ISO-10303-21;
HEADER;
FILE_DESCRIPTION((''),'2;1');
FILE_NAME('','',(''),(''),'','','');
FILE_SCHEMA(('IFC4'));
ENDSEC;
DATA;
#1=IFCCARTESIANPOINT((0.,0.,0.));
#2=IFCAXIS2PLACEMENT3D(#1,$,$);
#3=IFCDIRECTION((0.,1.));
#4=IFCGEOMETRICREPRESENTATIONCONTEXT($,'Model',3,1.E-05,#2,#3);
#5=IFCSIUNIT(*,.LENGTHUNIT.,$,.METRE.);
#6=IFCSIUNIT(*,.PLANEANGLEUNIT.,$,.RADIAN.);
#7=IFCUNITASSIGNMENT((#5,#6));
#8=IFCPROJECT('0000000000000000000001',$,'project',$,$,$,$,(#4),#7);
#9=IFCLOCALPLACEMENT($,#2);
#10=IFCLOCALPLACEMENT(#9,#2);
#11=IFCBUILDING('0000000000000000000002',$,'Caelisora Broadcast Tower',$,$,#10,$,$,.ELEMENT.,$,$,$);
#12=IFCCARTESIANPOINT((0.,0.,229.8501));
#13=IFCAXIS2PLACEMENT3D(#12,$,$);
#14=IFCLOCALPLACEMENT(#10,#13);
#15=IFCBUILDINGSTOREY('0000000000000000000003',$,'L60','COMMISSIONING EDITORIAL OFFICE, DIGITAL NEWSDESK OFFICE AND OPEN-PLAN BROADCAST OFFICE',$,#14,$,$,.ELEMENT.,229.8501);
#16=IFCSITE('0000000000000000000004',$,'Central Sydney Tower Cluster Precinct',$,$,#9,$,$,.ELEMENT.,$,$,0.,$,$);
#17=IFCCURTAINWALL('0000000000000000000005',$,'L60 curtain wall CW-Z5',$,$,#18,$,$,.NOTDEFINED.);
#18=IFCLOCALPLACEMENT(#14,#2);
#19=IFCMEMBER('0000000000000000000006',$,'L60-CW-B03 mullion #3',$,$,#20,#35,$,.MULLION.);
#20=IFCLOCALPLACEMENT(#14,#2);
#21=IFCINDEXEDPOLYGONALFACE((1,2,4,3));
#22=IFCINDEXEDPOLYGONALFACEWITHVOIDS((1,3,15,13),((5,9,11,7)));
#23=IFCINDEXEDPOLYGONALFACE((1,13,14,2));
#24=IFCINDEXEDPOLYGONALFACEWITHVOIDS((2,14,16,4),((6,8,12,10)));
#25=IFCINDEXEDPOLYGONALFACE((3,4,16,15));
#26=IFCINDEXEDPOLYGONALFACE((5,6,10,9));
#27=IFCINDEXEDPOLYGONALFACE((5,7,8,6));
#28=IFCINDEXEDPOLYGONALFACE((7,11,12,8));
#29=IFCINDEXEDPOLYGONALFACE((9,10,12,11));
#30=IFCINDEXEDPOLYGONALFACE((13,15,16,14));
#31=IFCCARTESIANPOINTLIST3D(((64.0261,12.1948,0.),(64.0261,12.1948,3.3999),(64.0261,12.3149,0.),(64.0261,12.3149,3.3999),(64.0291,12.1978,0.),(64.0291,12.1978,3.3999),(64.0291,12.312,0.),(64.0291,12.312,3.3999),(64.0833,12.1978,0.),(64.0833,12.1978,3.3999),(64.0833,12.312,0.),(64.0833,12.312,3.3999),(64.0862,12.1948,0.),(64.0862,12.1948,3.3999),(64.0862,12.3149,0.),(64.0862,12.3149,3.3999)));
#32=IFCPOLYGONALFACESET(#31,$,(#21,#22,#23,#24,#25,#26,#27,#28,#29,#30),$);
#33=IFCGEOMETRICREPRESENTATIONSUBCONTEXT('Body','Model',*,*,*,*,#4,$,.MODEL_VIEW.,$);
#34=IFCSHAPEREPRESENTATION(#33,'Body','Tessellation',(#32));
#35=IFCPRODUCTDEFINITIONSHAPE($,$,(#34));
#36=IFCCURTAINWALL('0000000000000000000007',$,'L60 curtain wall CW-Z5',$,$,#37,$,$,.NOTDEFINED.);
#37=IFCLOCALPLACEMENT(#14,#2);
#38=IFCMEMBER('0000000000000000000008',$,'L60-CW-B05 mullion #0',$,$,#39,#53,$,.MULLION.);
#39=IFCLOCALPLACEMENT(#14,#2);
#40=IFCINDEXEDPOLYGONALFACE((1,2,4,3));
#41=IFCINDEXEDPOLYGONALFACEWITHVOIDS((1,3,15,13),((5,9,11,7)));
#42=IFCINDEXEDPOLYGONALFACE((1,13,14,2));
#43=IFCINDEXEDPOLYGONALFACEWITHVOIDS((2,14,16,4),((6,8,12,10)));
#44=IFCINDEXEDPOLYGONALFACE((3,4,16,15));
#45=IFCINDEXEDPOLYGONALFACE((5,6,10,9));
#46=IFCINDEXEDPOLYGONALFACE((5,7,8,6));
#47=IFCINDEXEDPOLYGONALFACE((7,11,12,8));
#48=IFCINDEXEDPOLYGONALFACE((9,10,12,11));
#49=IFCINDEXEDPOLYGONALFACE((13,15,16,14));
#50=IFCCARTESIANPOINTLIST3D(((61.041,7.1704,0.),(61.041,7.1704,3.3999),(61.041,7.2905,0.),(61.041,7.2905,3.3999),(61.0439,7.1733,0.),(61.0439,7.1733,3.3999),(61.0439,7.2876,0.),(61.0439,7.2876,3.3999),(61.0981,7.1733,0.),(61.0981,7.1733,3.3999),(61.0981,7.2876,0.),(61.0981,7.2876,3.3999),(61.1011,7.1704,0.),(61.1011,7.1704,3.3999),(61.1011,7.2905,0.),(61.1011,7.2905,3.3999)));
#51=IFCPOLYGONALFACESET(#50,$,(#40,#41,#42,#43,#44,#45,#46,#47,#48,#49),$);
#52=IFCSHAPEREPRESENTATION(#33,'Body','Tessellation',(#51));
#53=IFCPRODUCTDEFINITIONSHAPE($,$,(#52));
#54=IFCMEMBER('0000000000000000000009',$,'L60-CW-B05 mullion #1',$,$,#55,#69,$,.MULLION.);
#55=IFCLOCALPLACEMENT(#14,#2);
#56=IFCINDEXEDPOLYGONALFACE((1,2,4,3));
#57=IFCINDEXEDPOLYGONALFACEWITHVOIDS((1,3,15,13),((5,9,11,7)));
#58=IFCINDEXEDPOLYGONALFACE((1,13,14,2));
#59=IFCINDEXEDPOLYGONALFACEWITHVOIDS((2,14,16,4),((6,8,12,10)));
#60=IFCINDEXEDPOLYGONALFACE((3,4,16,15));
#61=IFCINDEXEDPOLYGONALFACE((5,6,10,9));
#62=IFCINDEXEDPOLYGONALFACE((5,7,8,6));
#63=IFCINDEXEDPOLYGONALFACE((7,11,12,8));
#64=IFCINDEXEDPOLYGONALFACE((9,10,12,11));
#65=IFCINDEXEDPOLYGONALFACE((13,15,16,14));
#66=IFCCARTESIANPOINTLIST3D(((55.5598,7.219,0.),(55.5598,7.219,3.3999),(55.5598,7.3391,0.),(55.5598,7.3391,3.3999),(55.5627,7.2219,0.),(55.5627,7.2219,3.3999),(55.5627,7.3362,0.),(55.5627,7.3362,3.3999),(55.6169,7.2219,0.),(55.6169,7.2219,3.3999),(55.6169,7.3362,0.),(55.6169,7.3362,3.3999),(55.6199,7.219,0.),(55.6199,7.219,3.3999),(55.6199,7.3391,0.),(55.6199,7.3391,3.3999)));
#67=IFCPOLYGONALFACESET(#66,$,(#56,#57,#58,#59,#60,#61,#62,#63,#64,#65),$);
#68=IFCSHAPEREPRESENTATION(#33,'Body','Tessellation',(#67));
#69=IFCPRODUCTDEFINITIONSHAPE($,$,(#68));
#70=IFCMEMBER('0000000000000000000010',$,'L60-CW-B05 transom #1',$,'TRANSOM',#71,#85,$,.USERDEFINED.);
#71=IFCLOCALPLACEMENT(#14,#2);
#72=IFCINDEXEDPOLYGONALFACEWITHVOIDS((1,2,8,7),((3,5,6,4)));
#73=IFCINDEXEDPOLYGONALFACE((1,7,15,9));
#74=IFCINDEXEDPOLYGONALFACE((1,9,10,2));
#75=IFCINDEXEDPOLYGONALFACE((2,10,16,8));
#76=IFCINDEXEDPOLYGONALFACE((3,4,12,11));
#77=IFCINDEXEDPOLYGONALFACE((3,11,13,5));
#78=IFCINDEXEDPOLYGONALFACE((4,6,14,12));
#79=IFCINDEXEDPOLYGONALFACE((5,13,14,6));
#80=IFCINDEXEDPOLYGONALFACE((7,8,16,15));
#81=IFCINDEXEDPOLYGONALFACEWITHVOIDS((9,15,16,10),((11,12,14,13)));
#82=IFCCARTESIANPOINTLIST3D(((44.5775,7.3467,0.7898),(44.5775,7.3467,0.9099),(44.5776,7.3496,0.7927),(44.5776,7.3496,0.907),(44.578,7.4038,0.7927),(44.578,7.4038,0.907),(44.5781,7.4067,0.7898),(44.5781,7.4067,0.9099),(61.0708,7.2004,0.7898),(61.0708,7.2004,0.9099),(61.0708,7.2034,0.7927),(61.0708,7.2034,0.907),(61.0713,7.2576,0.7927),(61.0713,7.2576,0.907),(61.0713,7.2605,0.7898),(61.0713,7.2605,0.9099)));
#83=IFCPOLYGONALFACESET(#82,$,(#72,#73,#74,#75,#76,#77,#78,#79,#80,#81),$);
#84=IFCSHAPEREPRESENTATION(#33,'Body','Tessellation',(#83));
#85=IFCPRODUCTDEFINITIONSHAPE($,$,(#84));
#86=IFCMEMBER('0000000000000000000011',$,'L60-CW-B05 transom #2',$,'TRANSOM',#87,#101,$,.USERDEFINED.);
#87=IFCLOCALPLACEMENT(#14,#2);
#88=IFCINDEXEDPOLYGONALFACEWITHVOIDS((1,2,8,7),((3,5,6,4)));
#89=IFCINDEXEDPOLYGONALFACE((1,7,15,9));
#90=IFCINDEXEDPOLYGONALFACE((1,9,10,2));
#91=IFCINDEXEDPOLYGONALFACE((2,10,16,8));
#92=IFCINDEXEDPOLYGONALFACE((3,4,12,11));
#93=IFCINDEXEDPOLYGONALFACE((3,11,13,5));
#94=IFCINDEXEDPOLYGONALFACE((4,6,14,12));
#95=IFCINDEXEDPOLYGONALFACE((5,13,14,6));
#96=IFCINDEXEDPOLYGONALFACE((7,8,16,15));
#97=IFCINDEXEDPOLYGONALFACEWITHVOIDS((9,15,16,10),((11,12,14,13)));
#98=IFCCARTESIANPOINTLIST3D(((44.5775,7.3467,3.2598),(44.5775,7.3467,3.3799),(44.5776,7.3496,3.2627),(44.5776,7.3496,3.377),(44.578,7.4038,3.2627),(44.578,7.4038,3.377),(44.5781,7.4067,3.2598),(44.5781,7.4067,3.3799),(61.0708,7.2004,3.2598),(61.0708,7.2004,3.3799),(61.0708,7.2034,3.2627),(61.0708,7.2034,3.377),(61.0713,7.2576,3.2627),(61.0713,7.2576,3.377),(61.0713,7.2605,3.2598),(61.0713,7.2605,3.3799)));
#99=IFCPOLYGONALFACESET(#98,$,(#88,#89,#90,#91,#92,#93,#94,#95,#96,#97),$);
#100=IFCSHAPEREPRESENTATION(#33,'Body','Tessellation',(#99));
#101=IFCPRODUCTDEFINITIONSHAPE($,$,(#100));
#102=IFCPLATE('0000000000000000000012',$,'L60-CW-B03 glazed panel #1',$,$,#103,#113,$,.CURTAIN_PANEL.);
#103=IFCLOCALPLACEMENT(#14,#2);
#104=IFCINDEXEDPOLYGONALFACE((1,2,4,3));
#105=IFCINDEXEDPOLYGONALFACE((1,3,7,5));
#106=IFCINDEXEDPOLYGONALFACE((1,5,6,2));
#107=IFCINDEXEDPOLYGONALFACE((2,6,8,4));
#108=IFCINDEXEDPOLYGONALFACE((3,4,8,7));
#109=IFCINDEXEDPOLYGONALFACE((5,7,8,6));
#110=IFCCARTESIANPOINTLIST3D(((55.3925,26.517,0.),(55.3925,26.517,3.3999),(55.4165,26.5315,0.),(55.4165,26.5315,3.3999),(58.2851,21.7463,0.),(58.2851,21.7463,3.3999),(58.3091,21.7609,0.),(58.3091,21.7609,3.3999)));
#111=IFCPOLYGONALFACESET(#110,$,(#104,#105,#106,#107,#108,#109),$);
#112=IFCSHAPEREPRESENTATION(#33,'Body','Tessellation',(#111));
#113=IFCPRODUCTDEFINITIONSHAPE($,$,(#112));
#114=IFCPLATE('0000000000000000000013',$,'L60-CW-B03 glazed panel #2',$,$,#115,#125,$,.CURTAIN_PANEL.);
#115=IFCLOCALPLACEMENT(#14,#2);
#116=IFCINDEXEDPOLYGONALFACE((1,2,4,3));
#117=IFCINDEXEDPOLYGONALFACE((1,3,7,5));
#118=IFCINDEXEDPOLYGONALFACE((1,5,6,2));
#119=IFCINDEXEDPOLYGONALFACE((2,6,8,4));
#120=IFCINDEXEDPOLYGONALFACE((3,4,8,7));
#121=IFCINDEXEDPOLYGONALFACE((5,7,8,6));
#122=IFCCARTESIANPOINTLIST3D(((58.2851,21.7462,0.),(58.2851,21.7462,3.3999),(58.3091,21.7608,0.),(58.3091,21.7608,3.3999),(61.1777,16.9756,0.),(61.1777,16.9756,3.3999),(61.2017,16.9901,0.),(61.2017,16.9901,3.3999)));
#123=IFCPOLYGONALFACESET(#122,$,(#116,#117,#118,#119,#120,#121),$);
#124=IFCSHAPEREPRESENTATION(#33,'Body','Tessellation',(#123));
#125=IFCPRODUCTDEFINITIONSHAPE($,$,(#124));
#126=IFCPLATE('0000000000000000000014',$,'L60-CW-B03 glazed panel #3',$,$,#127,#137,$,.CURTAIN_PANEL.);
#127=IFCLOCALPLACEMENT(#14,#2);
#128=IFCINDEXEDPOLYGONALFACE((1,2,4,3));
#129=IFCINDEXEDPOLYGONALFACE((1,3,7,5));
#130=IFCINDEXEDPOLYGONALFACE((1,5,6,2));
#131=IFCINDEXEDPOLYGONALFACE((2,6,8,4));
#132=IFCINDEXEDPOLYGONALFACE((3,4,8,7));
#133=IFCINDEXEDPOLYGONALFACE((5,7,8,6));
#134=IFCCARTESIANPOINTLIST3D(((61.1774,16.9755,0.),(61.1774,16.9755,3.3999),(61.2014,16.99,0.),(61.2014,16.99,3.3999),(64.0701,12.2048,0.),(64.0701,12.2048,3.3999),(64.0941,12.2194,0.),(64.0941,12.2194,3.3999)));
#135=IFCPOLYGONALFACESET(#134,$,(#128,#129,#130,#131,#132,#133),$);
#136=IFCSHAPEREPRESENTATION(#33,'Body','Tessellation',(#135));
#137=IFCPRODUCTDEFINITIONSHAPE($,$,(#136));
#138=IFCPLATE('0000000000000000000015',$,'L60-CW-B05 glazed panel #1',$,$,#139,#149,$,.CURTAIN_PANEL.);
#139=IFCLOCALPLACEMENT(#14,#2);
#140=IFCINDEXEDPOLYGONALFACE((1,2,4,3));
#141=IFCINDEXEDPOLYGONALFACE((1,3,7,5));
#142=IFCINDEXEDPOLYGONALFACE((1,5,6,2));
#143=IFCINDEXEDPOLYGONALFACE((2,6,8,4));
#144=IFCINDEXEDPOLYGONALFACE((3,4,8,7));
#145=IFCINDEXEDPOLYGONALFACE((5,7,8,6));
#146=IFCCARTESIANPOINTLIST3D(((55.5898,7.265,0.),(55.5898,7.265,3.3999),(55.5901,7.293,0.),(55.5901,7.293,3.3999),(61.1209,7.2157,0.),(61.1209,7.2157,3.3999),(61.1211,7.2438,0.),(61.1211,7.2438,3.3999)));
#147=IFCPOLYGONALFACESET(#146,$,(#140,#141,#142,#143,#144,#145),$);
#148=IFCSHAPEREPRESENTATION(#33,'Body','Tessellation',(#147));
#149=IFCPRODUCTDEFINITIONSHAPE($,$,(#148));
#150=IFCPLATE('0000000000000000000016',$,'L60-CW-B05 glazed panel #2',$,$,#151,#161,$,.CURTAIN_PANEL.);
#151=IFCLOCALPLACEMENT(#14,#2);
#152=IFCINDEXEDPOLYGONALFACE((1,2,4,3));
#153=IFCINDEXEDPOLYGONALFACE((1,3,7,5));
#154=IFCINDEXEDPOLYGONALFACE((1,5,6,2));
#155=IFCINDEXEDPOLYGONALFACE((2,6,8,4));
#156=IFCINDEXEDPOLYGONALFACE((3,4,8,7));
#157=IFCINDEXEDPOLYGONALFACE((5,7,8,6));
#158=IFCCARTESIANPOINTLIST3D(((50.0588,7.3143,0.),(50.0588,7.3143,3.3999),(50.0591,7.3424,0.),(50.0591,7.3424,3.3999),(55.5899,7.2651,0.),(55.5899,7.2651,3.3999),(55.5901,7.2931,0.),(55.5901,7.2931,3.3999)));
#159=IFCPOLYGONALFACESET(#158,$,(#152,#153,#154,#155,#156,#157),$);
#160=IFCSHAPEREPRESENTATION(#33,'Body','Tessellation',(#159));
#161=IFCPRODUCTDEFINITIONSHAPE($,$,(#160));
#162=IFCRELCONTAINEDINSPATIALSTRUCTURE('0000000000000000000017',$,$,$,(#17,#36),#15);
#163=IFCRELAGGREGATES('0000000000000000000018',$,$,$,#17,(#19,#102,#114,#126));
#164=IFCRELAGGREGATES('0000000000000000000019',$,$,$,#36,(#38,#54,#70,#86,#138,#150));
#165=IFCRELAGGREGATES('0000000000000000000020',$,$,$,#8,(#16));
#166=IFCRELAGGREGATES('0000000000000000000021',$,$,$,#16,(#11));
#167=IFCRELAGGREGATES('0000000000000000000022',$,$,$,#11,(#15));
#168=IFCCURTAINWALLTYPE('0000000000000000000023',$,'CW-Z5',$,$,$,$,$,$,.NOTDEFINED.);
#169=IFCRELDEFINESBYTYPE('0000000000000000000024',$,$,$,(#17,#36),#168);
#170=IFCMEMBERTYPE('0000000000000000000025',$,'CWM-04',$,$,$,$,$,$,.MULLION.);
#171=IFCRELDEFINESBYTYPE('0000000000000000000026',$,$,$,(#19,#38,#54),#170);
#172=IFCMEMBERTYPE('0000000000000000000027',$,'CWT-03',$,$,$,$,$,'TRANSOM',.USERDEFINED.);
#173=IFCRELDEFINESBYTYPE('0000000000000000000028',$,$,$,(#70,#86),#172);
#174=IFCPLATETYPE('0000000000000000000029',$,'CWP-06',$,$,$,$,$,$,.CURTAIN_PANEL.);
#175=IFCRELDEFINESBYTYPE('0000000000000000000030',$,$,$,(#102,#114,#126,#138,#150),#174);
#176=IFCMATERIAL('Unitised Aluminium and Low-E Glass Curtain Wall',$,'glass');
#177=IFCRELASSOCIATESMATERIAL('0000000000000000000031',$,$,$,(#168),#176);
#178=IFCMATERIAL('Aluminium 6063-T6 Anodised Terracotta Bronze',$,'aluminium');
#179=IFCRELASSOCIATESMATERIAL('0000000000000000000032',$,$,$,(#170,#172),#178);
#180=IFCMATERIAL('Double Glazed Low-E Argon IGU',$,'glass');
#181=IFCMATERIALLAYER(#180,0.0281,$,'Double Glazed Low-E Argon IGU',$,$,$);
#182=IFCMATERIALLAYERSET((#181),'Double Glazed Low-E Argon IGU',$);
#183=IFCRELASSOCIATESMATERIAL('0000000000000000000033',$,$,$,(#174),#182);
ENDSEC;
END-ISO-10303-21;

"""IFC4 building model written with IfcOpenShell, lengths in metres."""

from ifc_helpers import new_model, si_unit, direction, frame, origin, origin_2d, place, context, subcontext, project, spatial, rectangle, hollow_rectangle, extrude, source, transform, mapped, material, layer, layer_set, material_profile, profile_set, type_object, type_shapes, element, aggregate, save


model = new_model("IFC4")

# Units and contexts
model_context = context("Model", 3, precision=1e-05, world=origin(), true_north=direction((0.0, 1.0)))
body_context = subcontext(model_context, "Body", "Model", "MODEL_VIEW")
ifc_project = project(units=[si_unit("LENGTHUNIT", "METRE"), si_unit("PLANEANGLEUNIT", "RADIAN")], contexts=[model_context])

# Site, building, storey
site_placement = place(None, origin())
site = spatial("IfcSite", under=ifc_project, at=site_placement, Name="Central Sydney Tower Cluster Precinct", CompositionType="ELEMENT", RefElevation=0.0)
building_placement = place(site_placement, origin())
building = spatial("IfcBuilding", under=site, at=building_placement, Name="Caelisora Broadcast Tower", CompositionType="ELEMENT")
storey_placement = place(building_placement, frame((0.0, 0.0, 229.8501)))
storey = spatial("IfcBuildingStorey", under=building, at=storey_placement, Name="L60", Description="COMMISSIONING EDITORIAL OFFICE, DIGITAL NEWSDESK OFFICE AND OPEN-PLAN BROADCAST OFFICE", CompositionType="ELEMENT", Elevation=229.8501)

# Curtain walls, members
ifc_material_1 = material(Name="Unitised Aluminium and Low-E Glass Curtain Wall", Category="glass")
curtain_wall_type = type_object("IfcCurtainWallType", Name="CW-Z5", PredefinedType="NOTDEFINED", material=ifc_material_1)
curtain_wall_1_placement = place(storey_placement, origin())
curtain_wall_1 = element("IfcCurtainWall", 1, at=curtain_wall_1_placement, inside=storey, type_object=curtain_wall_type, Name="L60 curtain wall CW-Z5", PredefinedType="NOTDEFINED")
ifc_material_2 = material(Name="Aluminium 6063-T6 Anodised Terracotta Bronze", Category="aluminium")
ifc_material_profile_1 = material_profile(ifc_material_2, hollow_rectangle(XDim=0.0601, YDim=0.1201, WallThickness=0.0029, at=origin_2d()), Name="Aluminium 6063-T6 Anodised Terracotta Bronze")
ifc_profile_set_1 = profile_set([ifc_material_profile_1], Name="Aluminium 6063-T6 Anodised Terracotta Bronze")
member_type_1 = type_object("IfcMemberType", Name="CWM-04", PredefinedType="MULLION", material=ifc_profile_set_1)
shared_shape_1 = source(origin(), body_context, "Body", "SweptSolid", [
    extrude(hollow_rectangle(XDim=0.0601, YDim=0.1201, WallThickness=0.0029, at=origin_2d()), origin(), (0.0, 0.0, 1.0), 3.3999),
])
type_shapes(member_type_1, [shared_shape_1])
member_1_placement = place(storey_placement, frame((64.0562, 12.2549, 0.0), z_axis=(0.0, 0.0, 1.0), x_axis=(1.0, 0.0, 0.0)))
member_1 = element("IfcMember", 2, at=member_1_placement, type_object=member_type_1, Name="L60-CW-B03 mullion #3", PredefinedType="MULLION", context=body_context, shape_type="MappedRepresentation", body=[
    mapped(shared_shape_1, transform((0.0, 0.0, 0.0), scale=1.0)),
])
curtain_wall_2_placement = place(storey_placement, origin())
curtain_wall_2 = element("IfcCurtainWall", 3, at=curtain_wall_2_placement, inside=storey, type_object=curtain_wall_type, Name="L60 curtain wall CW-Z5", PredefinedType="NOTDEFINED")
member_2_placement = place(storey_placement, frame((61.071, 7.2305, 0.0), z_axis=(0.0, 0.0, 1.0), x_axis=(1.0, 0.0, 0.0)))
member_2 = element("IfcMember", 4, at=member_2_placement, type_object=member_type_1, Name="L60-CW-B05 mullion #0", PredefinedType="MULLION", context=body_context, shape_type="MappedRepresentation", body=[
    mapped(shared_shape_1, transform((0.0, 0.0, 0.0), scale=1.0)),
])
member_3_placement = place(storey_placement, frame((55.5898, 7.2791, 0.0), z_axis=(0.0, 0.0, 1.0), x_axis=(1.0, 0.0, 0.0)))
member_3 = element("IfcMember", 5, at=member_3_placement, type_object=member_type_1, Name="L60-CW-B05 mullion #1", PredefinedType="MULLION", context=body_context, shape_type="MappedRepresentation", body=[
    mapped(shared_shape_1, transform((0.0, 0.0, 0.0), scale=1.0)),
])
ifc_material_profile_2 = material_profile(ifc_material_2, hollow_rectangle(XDim=0.0601, YDim=0.1201, WallThickness=0.0029, at=origin_2d()), Name="Aluminium 6063-T6 Anodised Terracotta Bronze")
ifc_profile_set_2 = profile_set([ifc_material_profile_2], Name="Aluminium 6063-T6 Anodised Terracotta Bronze")
member_type_2 = type_object("IfcMemberType", Name="CWT-03", ElementType="TRANSOM", PredefinedType="USERDEFINED", material=ifc_profile_set_2)
shared_shape_2 = source(origin(), body_context, "Body", "SweptSolid", [
    extrude(hollow_rectangle(XDim=0.0601, YDim=0.1201, WallThickness=0.0029, at=origin_2d()), origin(), (0.0, 0.0, 1.0), 16.4939),
])
type_shapes(member_type_2, [shared_shape_2])
member_4_placement = place(storey_placement, frame((61.071, 7.2305, 0.8499), z_axis=(-0.999961, 0.008866, 0.0), x_axis=(-0.008866, -0.999961, 0.0)))
member_4 = element("IfcMember", 6, at=member_4_placement, type_object=member_type_2, Name="L60-CW-B05 transom #1", ObjectType="TRANSOM", PredefinedType="USERDEFINED", context=body_context, shape_type="MappedRepresentation", body=[
    mapped(shared_shape_2, transform((0.0, 0.0, 0.0), scale=1.0)),
])
member_5_placement = place(storey_placement, frame((61.071, 7.2305, 3.3198), z_axis=(-0.999961, 0.008866, 0.0), x_axis=(-0.008866, -0.999961, 0.0)))
member_5 = element("IfcMember", 7, at=member_5_placement, type_object=member_type_2, Name="L60-CW-B05 transom #2", ObjectType="TRANSOM", PredefinedType="USERDEFINED", context=body_context, shape_type="MappedRepresentation", body=[
    mapped(shared_shape_2, transform((0.0, 0.0, 0.0), scale=1.0)),
])

# Plates
ifc_material_3 = material(Name="Double Glazed Low-E Argon IGU", Category="glass")
ifc_layer_1 = layer(ifc_material_3, 0.0281, Name="Double Glazed Low-E Argon IGU")
ifc_layer_set_1 = layer_set([ifc_layer_1], Name="Double Glazed Low-E Argon IGU")
plate_type = type_object("IfcPlateType", Name="CWP-06", PredefinedType="CURTAIN_PANEL", material=ifc_layer_set_1)
shared_shape_3 = source(origin(), body_context, "Body", "SweptSolid", [
    extrude(rectangle(XDim=5.5791, YDim=0.0281, at=origin_2d()), origin(), (0.0, 0.0, 1.0), 3.3999),
])
plate_1_placement = place(storey_placement, frame((56.8508, 24.1389, 0.0), z_axis=(0.0, 0.0, 1.0), x_axis=(0.518475, -0.855093, 0.0)))
plate_1 = element("IfcPlate", 8, at=plate_1_placement, type_object=plate_type, Name="L60-CW-B03 glazed panel #1", PredefinedType="CURTAIN_PANEL", context=body_context, shape_type="MappedRepresentation", body=[
    mapped(shared_shape_3, transform((0.0, 0.0, 0.0), scale=1.0)),
])
plate_2_placement = place(storey_placement, frame((59.7434, 19.3682, 0.0), z_axis=(0.0, 0.0, 1.0), x_axis=(0.518475, -0.855093, 0.0)))
plate_2 = element("IfcPlate", 9, at=plate_2_placement, type_object=plate_type, Name="L60-CW-B03 glazed panel #2", PredefinedType="CURTAIN_PANEL", context=body_context, shape_type="MappedRepresentation", body=[
    mapped(shared_shape_3, transform((0.0, 0.0, 0.0), scale=1.0)),
])
plate_3_placement = place(storey_placement, frame((62.6357, 14.5974, 0.0), z_axis=(0.0, 0.0, 1.0), x_axis=(0.518475, -0.855093, 0.0)))
plate_3 = element("IfcPlate", 10, at=plate_3_placement, type_object=plate_type, Name="L60-CW-B03 glazed panel #3", PredefinedType="CURTAIN_PANEL", context=body_context, shape_type="MappedRepresentation", body=[
    mapped(shared_shape_3, transform((0.0, 0.0, 0.0), scale=1.0)),
])
aggregate(curtain_wall_1, [member_1, plate_1, plate_2, plate_3])
shared_shape_4 = source(origin(), body_context, "Body", "SweptSolid", [
    extrude(rectangle(XDim=5.5312, YDim=0.0281, at=origin_2d()), origin(), (0.0, 0.0, 1.0), 3.3999),
])
type_shapes(plate_type, [shared_shape_3, shared_shape_4])
plate_4_placement = place(storey_placement, frame((58.3555, 7.2544, 0.0), z_axis=(0.0, 0.0, 1.0), x_axis=(-0.99996, 0.008901, 0.0)))
plate_4 = element("IfcPlate", 11, at=plate_4_placement, type_object=plate_type, Name="L60-CW-B05 glazed panel #1", PredefinedType="CURTAIN_PANEL", context=body_context, shape_type="MappedRepresentation", body=[
    mapped(shared_shape_4, transform((0.0, 0.0, 0.0), scale=1.0)),
])
plate_5_placement = place(storey_placement, frame((52.8245, 7.3037, 0.0), z_axis=(0.0, 0.0, 1.0), x_axis=(-0.99996, 0.008901, 0.0)))
plate_5 = element("IfcPlate", 12, at=plate_5_placement, type_object=plate_type, Name="L60-CW-B05 glazed panel #2", PredefinedType="CURTAIN_PANEL", context=body_context, shape_type="MappedRepresentation", body=[
    mapped(shared_shape_4, transform((0.0, 0.0, 0.0), scale=1.0)),
])
aggregate(curtain_wall_2, [member_2, member_3, member_4, member_5, plate_4, plate_5])

save(model, "model.ifc")
